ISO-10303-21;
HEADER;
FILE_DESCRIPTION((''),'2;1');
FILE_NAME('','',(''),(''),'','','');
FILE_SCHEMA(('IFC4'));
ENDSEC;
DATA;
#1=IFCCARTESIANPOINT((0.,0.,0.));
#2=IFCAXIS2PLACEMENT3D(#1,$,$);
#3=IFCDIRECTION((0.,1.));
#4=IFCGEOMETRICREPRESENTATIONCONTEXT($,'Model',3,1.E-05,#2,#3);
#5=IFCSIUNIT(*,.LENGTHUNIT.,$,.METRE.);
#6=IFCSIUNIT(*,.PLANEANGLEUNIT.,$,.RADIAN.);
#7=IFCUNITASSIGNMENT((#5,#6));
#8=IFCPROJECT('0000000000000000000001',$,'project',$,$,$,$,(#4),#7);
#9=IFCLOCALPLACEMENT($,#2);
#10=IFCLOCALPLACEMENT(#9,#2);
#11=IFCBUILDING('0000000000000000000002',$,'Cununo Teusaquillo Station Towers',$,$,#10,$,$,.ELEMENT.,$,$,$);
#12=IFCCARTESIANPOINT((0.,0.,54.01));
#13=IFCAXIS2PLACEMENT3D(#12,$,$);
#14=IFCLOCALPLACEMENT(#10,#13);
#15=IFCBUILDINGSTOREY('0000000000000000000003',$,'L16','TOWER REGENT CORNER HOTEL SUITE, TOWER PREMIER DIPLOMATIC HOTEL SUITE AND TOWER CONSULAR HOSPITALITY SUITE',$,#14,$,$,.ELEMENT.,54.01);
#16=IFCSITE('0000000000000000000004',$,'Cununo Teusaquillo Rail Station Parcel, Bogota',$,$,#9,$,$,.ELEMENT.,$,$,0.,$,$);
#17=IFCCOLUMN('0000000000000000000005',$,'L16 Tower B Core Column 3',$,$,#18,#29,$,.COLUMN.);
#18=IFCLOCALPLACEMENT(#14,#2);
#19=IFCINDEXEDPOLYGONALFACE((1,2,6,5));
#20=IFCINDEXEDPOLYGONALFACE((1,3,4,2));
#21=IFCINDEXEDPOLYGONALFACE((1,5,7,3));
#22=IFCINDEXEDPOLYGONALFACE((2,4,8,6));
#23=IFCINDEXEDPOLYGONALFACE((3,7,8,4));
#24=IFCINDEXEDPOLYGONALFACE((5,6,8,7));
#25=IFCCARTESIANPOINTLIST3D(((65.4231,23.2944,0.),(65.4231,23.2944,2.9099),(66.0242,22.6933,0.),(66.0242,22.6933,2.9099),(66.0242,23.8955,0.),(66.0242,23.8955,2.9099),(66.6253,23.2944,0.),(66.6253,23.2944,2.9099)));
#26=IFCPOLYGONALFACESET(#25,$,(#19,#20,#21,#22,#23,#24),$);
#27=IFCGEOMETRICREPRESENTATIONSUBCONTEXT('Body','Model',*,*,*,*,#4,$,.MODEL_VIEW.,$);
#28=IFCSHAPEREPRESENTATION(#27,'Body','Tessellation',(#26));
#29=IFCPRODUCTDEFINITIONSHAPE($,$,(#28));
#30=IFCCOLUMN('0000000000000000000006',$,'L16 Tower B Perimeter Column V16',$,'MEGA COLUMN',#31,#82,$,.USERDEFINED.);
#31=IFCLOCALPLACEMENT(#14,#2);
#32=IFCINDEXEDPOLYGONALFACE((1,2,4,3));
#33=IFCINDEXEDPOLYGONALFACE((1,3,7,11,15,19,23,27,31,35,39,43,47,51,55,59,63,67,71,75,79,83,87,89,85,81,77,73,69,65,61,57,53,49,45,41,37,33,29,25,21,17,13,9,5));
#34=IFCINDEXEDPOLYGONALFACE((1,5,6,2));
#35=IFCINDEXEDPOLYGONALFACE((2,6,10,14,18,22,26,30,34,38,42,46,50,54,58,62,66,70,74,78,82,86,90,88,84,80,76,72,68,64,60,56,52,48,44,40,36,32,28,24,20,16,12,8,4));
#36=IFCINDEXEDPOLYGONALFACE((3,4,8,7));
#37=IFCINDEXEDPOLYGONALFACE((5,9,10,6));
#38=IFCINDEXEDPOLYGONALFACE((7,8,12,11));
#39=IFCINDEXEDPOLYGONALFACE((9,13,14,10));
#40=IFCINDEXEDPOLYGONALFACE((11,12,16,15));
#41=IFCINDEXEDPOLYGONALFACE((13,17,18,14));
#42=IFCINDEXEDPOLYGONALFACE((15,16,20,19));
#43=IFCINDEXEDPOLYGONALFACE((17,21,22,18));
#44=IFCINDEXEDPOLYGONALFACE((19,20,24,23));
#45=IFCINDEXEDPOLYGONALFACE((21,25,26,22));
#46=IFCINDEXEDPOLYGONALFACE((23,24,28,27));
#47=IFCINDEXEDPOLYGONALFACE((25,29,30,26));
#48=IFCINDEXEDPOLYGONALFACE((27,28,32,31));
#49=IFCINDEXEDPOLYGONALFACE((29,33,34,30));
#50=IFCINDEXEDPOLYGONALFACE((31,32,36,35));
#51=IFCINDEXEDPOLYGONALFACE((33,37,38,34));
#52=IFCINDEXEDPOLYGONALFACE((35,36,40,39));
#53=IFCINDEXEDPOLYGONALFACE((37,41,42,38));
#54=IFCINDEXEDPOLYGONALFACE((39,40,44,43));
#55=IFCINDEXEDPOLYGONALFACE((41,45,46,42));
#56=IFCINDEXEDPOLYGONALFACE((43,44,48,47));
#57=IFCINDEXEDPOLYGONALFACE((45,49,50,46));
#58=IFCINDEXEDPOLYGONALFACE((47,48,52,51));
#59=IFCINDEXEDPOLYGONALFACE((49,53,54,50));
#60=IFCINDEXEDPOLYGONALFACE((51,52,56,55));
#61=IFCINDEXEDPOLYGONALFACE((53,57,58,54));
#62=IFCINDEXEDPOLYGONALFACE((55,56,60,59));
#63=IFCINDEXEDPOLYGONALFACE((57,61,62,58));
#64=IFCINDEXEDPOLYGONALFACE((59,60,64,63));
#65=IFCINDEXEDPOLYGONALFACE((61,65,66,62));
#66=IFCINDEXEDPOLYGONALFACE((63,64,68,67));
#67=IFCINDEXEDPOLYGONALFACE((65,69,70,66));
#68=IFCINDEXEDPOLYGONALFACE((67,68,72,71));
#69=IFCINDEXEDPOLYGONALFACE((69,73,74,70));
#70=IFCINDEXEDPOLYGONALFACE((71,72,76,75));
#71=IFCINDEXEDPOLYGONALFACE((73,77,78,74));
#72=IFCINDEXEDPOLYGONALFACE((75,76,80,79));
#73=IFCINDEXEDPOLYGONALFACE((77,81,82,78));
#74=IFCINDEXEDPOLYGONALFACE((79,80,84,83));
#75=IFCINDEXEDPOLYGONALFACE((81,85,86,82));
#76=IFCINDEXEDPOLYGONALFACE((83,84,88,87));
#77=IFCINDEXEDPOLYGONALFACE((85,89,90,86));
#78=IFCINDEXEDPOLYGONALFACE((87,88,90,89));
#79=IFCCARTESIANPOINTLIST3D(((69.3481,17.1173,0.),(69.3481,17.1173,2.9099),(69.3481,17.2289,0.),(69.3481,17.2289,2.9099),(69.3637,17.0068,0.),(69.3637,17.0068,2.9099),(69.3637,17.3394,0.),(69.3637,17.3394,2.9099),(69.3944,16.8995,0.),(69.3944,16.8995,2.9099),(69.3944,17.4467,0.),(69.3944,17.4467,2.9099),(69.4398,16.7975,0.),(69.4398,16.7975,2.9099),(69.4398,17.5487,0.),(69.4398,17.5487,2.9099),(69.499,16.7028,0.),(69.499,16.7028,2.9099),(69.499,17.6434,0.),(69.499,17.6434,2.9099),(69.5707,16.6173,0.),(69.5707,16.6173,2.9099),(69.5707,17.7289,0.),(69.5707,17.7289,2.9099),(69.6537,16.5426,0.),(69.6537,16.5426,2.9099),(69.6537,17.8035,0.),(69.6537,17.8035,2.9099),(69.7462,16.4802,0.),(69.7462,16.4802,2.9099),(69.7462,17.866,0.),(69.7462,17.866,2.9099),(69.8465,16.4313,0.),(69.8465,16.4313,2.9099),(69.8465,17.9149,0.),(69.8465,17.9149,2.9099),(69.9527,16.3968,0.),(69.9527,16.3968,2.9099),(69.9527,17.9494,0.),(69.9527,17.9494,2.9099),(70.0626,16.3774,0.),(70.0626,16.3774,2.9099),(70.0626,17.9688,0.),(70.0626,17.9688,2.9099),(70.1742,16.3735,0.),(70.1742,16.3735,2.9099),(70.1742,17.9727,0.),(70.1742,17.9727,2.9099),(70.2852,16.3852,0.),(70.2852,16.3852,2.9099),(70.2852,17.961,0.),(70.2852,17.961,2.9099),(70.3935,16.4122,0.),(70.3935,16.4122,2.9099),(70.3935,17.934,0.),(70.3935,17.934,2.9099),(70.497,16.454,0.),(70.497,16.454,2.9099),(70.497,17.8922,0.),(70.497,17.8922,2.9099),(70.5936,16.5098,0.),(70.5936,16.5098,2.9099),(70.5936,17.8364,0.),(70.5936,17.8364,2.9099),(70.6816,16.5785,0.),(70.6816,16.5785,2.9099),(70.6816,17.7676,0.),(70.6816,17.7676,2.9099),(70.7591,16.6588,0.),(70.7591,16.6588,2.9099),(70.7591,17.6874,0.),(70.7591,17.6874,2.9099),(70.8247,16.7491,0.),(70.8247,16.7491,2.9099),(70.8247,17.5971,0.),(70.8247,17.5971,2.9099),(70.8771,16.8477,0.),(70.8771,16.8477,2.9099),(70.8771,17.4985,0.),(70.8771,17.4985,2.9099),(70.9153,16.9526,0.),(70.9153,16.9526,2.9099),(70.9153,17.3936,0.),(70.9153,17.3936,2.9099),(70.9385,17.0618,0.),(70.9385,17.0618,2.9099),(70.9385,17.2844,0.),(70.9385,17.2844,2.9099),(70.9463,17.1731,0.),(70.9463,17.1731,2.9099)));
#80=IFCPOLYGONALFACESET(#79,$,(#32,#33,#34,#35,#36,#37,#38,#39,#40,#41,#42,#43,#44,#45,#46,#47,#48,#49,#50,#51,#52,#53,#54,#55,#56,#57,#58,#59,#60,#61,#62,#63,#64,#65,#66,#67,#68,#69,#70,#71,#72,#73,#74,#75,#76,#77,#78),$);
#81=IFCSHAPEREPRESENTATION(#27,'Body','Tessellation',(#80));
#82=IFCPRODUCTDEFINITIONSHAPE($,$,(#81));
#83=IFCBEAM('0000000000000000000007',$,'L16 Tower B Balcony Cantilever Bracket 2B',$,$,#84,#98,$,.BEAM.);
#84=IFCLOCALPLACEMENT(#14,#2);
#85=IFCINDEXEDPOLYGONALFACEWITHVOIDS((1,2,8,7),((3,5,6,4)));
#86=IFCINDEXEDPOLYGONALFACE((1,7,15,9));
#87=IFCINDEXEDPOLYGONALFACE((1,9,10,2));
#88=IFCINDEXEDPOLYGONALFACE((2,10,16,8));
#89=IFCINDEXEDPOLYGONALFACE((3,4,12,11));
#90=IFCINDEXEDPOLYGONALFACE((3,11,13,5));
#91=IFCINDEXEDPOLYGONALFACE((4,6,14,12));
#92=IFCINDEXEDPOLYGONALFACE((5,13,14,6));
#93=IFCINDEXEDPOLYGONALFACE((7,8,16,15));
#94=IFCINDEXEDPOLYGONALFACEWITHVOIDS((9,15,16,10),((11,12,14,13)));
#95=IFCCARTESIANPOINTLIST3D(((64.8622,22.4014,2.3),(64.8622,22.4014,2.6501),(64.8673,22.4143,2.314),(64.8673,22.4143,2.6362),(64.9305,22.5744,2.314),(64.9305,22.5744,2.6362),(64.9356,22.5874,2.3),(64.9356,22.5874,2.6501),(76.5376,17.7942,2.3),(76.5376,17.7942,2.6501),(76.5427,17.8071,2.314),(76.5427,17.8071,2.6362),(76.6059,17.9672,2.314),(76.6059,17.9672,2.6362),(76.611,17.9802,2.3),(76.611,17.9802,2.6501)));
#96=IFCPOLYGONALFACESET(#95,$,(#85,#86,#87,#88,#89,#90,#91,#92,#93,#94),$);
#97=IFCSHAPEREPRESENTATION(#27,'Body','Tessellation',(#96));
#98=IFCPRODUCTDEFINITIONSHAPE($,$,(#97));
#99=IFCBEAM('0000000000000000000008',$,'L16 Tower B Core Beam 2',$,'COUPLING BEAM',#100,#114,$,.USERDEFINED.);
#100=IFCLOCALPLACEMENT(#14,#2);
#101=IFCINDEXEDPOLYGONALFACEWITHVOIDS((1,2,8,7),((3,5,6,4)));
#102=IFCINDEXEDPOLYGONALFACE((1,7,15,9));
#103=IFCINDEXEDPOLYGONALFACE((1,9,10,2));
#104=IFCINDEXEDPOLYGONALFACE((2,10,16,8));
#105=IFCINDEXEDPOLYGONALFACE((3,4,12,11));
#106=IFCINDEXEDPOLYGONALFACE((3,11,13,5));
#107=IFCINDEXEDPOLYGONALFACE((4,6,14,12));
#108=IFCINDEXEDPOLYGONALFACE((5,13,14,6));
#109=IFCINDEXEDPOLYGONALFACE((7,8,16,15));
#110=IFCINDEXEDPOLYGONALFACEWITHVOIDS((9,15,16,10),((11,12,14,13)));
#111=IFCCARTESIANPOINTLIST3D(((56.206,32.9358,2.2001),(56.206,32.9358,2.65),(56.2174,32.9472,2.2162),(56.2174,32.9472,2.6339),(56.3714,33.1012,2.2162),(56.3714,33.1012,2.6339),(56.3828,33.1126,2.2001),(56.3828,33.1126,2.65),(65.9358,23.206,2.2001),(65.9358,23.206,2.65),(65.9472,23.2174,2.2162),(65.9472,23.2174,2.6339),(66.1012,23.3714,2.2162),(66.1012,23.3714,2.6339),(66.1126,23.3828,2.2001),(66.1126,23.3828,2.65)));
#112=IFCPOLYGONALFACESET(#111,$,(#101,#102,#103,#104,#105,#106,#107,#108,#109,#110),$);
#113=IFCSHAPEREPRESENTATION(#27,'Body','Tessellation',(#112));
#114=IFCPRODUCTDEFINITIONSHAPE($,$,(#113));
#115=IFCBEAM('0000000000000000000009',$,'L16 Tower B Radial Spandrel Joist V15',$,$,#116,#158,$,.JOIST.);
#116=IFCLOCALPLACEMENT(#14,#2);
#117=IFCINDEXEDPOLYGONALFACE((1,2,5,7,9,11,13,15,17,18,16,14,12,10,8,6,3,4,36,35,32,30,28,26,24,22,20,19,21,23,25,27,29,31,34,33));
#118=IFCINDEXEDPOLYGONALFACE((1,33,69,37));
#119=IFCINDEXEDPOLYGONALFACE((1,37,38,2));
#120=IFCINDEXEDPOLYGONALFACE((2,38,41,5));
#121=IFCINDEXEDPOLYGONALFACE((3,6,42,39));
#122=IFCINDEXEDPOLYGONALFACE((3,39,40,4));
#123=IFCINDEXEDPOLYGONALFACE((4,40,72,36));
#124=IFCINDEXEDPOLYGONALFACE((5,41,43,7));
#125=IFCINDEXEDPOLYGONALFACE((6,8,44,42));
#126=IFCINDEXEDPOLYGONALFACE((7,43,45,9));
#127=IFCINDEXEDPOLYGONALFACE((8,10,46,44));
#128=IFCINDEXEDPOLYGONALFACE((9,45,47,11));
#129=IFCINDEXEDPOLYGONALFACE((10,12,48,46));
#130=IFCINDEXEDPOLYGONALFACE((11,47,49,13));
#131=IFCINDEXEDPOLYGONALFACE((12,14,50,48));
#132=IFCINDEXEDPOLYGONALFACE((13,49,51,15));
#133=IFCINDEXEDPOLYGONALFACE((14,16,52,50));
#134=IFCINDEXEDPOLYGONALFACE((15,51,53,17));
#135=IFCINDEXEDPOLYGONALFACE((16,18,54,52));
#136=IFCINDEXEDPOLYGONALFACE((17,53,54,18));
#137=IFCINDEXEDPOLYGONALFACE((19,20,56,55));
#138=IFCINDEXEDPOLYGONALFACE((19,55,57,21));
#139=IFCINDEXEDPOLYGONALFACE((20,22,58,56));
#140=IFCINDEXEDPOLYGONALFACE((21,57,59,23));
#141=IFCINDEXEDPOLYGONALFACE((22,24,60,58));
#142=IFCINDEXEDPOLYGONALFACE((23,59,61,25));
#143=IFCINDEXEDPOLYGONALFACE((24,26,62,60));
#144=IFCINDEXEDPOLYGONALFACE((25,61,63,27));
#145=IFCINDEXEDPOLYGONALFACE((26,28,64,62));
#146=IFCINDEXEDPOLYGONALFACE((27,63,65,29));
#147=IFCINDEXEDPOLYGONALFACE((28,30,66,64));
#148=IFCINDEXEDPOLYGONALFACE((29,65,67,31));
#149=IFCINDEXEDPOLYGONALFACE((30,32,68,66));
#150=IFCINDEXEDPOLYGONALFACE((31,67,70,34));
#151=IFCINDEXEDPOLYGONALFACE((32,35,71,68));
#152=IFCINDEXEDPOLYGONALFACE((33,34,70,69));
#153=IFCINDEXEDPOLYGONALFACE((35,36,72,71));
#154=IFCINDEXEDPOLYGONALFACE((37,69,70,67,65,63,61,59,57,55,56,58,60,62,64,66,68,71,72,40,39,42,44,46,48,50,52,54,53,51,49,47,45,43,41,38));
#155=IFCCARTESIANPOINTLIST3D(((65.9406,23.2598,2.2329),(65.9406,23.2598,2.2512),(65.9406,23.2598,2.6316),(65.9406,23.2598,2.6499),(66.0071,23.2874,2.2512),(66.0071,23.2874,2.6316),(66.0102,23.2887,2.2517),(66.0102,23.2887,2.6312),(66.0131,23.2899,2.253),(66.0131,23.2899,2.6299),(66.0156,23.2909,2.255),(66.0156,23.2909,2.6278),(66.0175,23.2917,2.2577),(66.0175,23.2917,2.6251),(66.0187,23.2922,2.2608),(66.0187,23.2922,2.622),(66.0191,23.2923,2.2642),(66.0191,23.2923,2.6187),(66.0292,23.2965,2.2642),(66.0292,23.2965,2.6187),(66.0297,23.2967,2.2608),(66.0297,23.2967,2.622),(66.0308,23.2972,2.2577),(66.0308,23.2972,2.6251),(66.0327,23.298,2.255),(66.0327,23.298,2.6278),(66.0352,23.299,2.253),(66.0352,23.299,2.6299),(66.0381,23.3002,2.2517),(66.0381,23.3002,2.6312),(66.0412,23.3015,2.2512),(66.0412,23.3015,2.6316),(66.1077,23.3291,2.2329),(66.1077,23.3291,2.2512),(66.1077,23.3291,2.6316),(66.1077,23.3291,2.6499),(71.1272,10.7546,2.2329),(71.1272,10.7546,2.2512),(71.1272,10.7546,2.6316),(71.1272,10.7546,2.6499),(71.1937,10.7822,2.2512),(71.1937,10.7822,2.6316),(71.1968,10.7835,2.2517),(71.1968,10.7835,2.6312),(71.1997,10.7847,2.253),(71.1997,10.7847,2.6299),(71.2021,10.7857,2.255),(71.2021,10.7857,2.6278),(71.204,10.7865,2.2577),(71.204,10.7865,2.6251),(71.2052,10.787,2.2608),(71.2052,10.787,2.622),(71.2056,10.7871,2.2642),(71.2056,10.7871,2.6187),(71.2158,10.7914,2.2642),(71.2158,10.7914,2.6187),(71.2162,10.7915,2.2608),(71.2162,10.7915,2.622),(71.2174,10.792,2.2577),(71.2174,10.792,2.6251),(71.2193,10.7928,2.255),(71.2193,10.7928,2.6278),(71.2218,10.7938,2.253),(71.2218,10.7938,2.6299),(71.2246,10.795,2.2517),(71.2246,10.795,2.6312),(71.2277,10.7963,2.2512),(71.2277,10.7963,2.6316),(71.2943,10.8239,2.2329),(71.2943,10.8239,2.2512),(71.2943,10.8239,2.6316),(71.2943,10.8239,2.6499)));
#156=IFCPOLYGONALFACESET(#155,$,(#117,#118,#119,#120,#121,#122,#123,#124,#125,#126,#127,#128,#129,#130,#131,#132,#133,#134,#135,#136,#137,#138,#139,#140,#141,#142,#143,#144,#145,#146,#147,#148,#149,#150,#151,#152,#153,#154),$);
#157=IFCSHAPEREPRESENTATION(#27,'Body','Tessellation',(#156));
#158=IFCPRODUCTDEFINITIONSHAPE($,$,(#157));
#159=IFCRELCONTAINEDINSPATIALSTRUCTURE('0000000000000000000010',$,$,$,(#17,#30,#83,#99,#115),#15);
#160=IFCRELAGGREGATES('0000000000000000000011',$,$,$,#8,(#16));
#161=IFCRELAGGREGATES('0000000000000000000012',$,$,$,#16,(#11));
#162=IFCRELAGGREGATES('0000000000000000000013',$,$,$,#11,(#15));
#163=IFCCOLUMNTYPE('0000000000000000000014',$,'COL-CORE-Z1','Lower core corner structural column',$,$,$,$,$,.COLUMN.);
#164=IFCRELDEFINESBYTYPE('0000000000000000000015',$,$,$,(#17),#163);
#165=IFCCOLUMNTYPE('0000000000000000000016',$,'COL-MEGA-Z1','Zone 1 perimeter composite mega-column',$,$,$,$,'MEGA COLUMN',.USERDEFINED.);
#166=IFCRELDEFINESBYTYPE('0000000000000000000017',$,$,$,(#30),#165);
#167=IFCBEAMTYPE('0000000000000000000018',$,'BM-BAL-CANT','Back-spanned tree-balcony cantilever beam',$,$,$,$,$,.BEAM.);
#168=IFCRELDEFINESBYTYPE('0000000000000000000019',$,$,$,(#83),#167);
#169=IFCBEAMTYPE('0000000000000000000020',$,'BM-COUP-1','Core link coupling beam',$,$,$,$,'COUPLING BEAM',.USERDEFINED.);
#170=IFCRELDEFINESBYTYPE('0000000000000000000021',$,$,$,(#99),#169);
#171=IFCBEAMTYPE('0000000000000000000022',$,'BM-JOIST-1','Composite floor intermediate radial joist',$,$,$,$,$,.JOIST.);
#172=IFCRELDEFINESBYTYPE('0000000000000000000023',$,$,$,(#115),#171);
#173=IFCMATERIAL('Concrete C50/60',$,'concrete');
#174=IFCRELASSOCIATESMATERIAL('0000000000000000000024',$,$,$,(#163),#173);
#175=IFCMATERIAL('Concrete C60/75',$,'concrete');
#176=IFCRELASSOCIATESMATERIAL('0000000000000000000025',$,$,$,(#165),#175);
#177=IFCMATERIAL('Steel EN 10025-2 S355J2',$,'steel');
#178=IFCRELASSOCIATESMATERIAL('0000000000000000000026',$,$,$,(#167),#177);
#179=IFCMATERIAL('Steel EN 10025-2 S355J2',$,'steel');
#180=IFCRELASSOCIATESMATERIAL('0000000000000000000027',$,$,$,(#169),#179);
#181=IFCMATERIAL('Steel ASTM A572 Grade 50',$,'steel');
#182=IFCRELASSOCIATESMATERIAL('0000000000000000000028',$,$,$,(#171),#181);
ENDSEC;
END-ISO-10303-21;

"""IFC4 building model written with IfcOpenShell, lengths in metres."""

from ifc_helpers import new_model, si_unit, direction, frame, origin, origin_2d, place, context, subcontext, project, spatial, rectangle, hollow_rectangle, circle, i_section, extrude, material, material_profile, profile_set, type_object, element, save


model = new_model("IFC4")

# Units and contexts
model_context = context("Model", 3, precision=1e-05, world=origin(), true_north=direction((0.0, 1.0)))
body_context = subcontext(model_context, "Body", "Model", "MODEL_VIEW")
ifc_project = project(units=[si_unit("LENGTHUNIT", "METRE"), si_unit("PLANEANGLEUNIT", "RADIAN")], contexts=[model_context])

# Site, building, storey
site_placement = place(None, origin())
site = spatial("IfcSite", under=ifc_project, at=site_placement, Name="Cununo Teusaquillo Rail Station Parcel, Bogota", CompositionType="ELEMENT", RefElevation=0.0)
building_placement = place(site_placement, origin())
building = spatial("IfcBuilding", under=site, at=building_placement, Name="Cununo Teusaquillo Station Towers", CompositionType="ELEMENT")
storey_placement = place(building_placement, frame((0.0, 0.0, 54.01)))
storey = spatial("IfcBuildingStorey", under=building, at=storey_placement, Name="L16", Description="TOWER REGENT CORNER HOTEL SUITE, TOWER PREMIER DIPLOMATIC HOTEL SUITE AND TOWER CONSULAR HOSPITALITY SUITE", CompositionType="ELEMENT", Elevation=54.01)

# Columns
ifc_material_1 = material(Name="Concrete C50/60", Category="concrete")
ifc_material_profile_1 = material_profile(ifc_material_1, rectangle(XDim=0.8501, YDim=0.8501, at=origin_2d()), Name="RC-RECT-850x850")
ifc_profile_set_1 = profile_set([ifc_material_profile_1], Name="Concrete C50/60")
column_type_1 = type_object("IfcColumnType", Name="COL-CORE-Z1", Description="Lower core corner structural column", PredefinedType="COLUMN", material=ifc_profile_set_1)
column_1_placement = place(storey_placement, frame((66.0242, 23.2944, 0.0), z_axis=(0.0, 0.0, 1.0), x_axis=(0.707107, 0.707107, 0.0)))
element("IfcColumn", 1, at=column_1_placement, inside=storey, type_object=column_type_1, Name="L16 Tower B Core Column 3", PredefinedType="COLUMN", context=body_context, shape_type="SweptSolid", body=[
    extrude(rectangle(XDim=0.8501, YDim=0.8501, at=origin_2d()), origin(), (0.0, 0.0, 1.0), 2.9099),
])
ifc_material_2 = material(Name="Concrete C60/75", Category="concrete")
ifc_material_profile_2 = material_profile(ifc_material_2, circle(Radius=0.8, at=origin_2d()), Name="RC-CIRC-1600")
ifc_profile_set_2 = profile_set([ifc_material_profile_2], Name="Concrete C60/75")
column_type_2 = type_object("IfcColumnType", Name="COL-MEGA-Z1", Description="Zone 1 perimeter composite mega-column", ElementType="MEGA COLUMN", PredefinedType="USERDEFINED", material=ifc_profile_set_2)
column_2_placement = place(storey_placement, frame((70.1462, 17.1731, 0.0), z_axis=(0.0, 0.0, 1.0), x_axis=(1.0, 0.0, 0.0)))
element("IfcColumn", 2, at=column_2_placement, inside=storey, type_object=column_type_2, Name="L16 Tower B Perimeter Column V16", ObjectType="MEGA COLUMN", PredefinedType="USERDEFINED", context=body_context, shape_type="SweptSolid", body=[
    extrude(circle(Radius=0.8, at=origin_2d()), origin(), (0.0, 0.0, 1.0), 2.9099),
])

# Beams
ifc_material_3 = material(Name="Steel EN 10025-2 S355J2", Category="steel")
ifc_material_profile_3 = material_profile(ifc_material_3, hollow_rectangle(XDim=0.2, YDim=0.3501, WallThickness=0.0139, at=origin_2d()), Name="RHS 350x200x14")
ifc_profile_set_3 = profile_set([ifc_material_profile_3], Name="Steel EN 10025-2 S355J2")
beam_type_1 = type_object("IfcBeamType", Name="BM-BAL-CANT", Description="Back-spanned tree-balcony cantilever beam", PredefinedType="BEAM", material=ifc_profile_set_3)
beam_1_placement = place(storey_placement, frame((64.8989, 22.4944, 2.4751), z_axis=(0.930196, -0.367064, 0.0), x_axis=(0.367064, 0.930196, 0.0)))
element("IfcBeam", 3, at=beam_1_placement, inside=storey, type_object=beam_type_1, Name="L16 Tower B Balcony Cantilever Bracket 2B", PredefinedType="BEAM", context=body_context, shape_type="SweptSolid", body=[
    extrude(hollow_rectangle(XDim=0.2, YDim=0.3501, WallThickness=0.0139, at=origin_2d()), origin(), (0.0, 0.0, 1.0), 12.5515),
])
ifc_material_4 = material(Name="Steel EN 10025-2 S355J2", Category="steel")
ifc_material_profile_4 = material_profile(ifc_material_4, hollow_rectangle(XDim=0.25, YDim=0.45, WallThickness=0.0161, at=origin_2d()), Name="RHS 450x250x16")
ifc_profile_set_4 = profile_set([ifc_material_profile_4], Name="Steel EN 10025-2 S355J2")
beam_type_2 = type_object("IfcBeamType", Name="BM-COUP-1", Description="Core link coupling beam", ElementType="COUPLING BEAM", PredefinedType="USERDEFINED", material=ifc_profile_set_4)
beam_2_placement = place(storey_placement, frame((66.0242, 23.2944, 2.425), z_axis=(-0.707107, 0.707107, 0.0), x_axis=(-0.707107, -0.707107, 0.0)))
element("IfcBeam", 4, at=beam_2_placement, inside=storey, type_object=beam_type_2, Name="L16 Tower B Core Beam 2", ObjectType="COUPLING BEAM", PredefinedType="USERDEFINED", context=body_context, shape_type="SweptSolid", body=[
    extrude(hollow_rectangle(XDim=0.25, YDim=0.45, WallThickness=0.0161, at=origin_2d()), origin(), (0.0, 0.0, 1.0), 13.76),
])
ifc_material_5 = material(Name="Steel ASTM A572 Grade 50", Category="steel")
ifc_material_profile_5 = material_profile(ifc_material_5, i_section(OverallWidth=0.1809, OverallDepth=0.417, WebThickness=0.011, FlangeThickness=0.0183, FilletRadius=0.0129, at=origin_2d()), Name="W16X57")
ifc_profile_set_5 = profile_set([ifc_material_profile_5], Name="Steel ASTM A572 Grade 50")
beam_type_3 = type_object("IfcBeamType", Name="BM-JOIST-1", Description="Composite floor intermediate radial joist", PredefinedType="JOIST", material=ifc_profile_set_5)
beam_3_placement = place(storey_placement, frame((66.0242, 23.2944, 2.4414), z_axis=(0.383108, -0.923704, 0.0), x_axis=(0.923704, 0.383108, 0.0)))
element("IfcBeam", 5, at=beam_3_placement, inside=storey, type_object=beam_type_3, Name="L16 Tower B Radial Spandrel Joist V15", PredefinedType="JOIST", context=body_context, shape_type="SweptSolid", body=[
    extrude(i_section(OverallWidth=0.1809, OverallDepth=0.417, WebThickness=0.011, FlangeThickness=0.0183, FilletRadius=0.0129, at=origin_2d()), origin(), (0.0, 0.0, 1.0), 13.5381),
])

save(model, "model.ifc")
